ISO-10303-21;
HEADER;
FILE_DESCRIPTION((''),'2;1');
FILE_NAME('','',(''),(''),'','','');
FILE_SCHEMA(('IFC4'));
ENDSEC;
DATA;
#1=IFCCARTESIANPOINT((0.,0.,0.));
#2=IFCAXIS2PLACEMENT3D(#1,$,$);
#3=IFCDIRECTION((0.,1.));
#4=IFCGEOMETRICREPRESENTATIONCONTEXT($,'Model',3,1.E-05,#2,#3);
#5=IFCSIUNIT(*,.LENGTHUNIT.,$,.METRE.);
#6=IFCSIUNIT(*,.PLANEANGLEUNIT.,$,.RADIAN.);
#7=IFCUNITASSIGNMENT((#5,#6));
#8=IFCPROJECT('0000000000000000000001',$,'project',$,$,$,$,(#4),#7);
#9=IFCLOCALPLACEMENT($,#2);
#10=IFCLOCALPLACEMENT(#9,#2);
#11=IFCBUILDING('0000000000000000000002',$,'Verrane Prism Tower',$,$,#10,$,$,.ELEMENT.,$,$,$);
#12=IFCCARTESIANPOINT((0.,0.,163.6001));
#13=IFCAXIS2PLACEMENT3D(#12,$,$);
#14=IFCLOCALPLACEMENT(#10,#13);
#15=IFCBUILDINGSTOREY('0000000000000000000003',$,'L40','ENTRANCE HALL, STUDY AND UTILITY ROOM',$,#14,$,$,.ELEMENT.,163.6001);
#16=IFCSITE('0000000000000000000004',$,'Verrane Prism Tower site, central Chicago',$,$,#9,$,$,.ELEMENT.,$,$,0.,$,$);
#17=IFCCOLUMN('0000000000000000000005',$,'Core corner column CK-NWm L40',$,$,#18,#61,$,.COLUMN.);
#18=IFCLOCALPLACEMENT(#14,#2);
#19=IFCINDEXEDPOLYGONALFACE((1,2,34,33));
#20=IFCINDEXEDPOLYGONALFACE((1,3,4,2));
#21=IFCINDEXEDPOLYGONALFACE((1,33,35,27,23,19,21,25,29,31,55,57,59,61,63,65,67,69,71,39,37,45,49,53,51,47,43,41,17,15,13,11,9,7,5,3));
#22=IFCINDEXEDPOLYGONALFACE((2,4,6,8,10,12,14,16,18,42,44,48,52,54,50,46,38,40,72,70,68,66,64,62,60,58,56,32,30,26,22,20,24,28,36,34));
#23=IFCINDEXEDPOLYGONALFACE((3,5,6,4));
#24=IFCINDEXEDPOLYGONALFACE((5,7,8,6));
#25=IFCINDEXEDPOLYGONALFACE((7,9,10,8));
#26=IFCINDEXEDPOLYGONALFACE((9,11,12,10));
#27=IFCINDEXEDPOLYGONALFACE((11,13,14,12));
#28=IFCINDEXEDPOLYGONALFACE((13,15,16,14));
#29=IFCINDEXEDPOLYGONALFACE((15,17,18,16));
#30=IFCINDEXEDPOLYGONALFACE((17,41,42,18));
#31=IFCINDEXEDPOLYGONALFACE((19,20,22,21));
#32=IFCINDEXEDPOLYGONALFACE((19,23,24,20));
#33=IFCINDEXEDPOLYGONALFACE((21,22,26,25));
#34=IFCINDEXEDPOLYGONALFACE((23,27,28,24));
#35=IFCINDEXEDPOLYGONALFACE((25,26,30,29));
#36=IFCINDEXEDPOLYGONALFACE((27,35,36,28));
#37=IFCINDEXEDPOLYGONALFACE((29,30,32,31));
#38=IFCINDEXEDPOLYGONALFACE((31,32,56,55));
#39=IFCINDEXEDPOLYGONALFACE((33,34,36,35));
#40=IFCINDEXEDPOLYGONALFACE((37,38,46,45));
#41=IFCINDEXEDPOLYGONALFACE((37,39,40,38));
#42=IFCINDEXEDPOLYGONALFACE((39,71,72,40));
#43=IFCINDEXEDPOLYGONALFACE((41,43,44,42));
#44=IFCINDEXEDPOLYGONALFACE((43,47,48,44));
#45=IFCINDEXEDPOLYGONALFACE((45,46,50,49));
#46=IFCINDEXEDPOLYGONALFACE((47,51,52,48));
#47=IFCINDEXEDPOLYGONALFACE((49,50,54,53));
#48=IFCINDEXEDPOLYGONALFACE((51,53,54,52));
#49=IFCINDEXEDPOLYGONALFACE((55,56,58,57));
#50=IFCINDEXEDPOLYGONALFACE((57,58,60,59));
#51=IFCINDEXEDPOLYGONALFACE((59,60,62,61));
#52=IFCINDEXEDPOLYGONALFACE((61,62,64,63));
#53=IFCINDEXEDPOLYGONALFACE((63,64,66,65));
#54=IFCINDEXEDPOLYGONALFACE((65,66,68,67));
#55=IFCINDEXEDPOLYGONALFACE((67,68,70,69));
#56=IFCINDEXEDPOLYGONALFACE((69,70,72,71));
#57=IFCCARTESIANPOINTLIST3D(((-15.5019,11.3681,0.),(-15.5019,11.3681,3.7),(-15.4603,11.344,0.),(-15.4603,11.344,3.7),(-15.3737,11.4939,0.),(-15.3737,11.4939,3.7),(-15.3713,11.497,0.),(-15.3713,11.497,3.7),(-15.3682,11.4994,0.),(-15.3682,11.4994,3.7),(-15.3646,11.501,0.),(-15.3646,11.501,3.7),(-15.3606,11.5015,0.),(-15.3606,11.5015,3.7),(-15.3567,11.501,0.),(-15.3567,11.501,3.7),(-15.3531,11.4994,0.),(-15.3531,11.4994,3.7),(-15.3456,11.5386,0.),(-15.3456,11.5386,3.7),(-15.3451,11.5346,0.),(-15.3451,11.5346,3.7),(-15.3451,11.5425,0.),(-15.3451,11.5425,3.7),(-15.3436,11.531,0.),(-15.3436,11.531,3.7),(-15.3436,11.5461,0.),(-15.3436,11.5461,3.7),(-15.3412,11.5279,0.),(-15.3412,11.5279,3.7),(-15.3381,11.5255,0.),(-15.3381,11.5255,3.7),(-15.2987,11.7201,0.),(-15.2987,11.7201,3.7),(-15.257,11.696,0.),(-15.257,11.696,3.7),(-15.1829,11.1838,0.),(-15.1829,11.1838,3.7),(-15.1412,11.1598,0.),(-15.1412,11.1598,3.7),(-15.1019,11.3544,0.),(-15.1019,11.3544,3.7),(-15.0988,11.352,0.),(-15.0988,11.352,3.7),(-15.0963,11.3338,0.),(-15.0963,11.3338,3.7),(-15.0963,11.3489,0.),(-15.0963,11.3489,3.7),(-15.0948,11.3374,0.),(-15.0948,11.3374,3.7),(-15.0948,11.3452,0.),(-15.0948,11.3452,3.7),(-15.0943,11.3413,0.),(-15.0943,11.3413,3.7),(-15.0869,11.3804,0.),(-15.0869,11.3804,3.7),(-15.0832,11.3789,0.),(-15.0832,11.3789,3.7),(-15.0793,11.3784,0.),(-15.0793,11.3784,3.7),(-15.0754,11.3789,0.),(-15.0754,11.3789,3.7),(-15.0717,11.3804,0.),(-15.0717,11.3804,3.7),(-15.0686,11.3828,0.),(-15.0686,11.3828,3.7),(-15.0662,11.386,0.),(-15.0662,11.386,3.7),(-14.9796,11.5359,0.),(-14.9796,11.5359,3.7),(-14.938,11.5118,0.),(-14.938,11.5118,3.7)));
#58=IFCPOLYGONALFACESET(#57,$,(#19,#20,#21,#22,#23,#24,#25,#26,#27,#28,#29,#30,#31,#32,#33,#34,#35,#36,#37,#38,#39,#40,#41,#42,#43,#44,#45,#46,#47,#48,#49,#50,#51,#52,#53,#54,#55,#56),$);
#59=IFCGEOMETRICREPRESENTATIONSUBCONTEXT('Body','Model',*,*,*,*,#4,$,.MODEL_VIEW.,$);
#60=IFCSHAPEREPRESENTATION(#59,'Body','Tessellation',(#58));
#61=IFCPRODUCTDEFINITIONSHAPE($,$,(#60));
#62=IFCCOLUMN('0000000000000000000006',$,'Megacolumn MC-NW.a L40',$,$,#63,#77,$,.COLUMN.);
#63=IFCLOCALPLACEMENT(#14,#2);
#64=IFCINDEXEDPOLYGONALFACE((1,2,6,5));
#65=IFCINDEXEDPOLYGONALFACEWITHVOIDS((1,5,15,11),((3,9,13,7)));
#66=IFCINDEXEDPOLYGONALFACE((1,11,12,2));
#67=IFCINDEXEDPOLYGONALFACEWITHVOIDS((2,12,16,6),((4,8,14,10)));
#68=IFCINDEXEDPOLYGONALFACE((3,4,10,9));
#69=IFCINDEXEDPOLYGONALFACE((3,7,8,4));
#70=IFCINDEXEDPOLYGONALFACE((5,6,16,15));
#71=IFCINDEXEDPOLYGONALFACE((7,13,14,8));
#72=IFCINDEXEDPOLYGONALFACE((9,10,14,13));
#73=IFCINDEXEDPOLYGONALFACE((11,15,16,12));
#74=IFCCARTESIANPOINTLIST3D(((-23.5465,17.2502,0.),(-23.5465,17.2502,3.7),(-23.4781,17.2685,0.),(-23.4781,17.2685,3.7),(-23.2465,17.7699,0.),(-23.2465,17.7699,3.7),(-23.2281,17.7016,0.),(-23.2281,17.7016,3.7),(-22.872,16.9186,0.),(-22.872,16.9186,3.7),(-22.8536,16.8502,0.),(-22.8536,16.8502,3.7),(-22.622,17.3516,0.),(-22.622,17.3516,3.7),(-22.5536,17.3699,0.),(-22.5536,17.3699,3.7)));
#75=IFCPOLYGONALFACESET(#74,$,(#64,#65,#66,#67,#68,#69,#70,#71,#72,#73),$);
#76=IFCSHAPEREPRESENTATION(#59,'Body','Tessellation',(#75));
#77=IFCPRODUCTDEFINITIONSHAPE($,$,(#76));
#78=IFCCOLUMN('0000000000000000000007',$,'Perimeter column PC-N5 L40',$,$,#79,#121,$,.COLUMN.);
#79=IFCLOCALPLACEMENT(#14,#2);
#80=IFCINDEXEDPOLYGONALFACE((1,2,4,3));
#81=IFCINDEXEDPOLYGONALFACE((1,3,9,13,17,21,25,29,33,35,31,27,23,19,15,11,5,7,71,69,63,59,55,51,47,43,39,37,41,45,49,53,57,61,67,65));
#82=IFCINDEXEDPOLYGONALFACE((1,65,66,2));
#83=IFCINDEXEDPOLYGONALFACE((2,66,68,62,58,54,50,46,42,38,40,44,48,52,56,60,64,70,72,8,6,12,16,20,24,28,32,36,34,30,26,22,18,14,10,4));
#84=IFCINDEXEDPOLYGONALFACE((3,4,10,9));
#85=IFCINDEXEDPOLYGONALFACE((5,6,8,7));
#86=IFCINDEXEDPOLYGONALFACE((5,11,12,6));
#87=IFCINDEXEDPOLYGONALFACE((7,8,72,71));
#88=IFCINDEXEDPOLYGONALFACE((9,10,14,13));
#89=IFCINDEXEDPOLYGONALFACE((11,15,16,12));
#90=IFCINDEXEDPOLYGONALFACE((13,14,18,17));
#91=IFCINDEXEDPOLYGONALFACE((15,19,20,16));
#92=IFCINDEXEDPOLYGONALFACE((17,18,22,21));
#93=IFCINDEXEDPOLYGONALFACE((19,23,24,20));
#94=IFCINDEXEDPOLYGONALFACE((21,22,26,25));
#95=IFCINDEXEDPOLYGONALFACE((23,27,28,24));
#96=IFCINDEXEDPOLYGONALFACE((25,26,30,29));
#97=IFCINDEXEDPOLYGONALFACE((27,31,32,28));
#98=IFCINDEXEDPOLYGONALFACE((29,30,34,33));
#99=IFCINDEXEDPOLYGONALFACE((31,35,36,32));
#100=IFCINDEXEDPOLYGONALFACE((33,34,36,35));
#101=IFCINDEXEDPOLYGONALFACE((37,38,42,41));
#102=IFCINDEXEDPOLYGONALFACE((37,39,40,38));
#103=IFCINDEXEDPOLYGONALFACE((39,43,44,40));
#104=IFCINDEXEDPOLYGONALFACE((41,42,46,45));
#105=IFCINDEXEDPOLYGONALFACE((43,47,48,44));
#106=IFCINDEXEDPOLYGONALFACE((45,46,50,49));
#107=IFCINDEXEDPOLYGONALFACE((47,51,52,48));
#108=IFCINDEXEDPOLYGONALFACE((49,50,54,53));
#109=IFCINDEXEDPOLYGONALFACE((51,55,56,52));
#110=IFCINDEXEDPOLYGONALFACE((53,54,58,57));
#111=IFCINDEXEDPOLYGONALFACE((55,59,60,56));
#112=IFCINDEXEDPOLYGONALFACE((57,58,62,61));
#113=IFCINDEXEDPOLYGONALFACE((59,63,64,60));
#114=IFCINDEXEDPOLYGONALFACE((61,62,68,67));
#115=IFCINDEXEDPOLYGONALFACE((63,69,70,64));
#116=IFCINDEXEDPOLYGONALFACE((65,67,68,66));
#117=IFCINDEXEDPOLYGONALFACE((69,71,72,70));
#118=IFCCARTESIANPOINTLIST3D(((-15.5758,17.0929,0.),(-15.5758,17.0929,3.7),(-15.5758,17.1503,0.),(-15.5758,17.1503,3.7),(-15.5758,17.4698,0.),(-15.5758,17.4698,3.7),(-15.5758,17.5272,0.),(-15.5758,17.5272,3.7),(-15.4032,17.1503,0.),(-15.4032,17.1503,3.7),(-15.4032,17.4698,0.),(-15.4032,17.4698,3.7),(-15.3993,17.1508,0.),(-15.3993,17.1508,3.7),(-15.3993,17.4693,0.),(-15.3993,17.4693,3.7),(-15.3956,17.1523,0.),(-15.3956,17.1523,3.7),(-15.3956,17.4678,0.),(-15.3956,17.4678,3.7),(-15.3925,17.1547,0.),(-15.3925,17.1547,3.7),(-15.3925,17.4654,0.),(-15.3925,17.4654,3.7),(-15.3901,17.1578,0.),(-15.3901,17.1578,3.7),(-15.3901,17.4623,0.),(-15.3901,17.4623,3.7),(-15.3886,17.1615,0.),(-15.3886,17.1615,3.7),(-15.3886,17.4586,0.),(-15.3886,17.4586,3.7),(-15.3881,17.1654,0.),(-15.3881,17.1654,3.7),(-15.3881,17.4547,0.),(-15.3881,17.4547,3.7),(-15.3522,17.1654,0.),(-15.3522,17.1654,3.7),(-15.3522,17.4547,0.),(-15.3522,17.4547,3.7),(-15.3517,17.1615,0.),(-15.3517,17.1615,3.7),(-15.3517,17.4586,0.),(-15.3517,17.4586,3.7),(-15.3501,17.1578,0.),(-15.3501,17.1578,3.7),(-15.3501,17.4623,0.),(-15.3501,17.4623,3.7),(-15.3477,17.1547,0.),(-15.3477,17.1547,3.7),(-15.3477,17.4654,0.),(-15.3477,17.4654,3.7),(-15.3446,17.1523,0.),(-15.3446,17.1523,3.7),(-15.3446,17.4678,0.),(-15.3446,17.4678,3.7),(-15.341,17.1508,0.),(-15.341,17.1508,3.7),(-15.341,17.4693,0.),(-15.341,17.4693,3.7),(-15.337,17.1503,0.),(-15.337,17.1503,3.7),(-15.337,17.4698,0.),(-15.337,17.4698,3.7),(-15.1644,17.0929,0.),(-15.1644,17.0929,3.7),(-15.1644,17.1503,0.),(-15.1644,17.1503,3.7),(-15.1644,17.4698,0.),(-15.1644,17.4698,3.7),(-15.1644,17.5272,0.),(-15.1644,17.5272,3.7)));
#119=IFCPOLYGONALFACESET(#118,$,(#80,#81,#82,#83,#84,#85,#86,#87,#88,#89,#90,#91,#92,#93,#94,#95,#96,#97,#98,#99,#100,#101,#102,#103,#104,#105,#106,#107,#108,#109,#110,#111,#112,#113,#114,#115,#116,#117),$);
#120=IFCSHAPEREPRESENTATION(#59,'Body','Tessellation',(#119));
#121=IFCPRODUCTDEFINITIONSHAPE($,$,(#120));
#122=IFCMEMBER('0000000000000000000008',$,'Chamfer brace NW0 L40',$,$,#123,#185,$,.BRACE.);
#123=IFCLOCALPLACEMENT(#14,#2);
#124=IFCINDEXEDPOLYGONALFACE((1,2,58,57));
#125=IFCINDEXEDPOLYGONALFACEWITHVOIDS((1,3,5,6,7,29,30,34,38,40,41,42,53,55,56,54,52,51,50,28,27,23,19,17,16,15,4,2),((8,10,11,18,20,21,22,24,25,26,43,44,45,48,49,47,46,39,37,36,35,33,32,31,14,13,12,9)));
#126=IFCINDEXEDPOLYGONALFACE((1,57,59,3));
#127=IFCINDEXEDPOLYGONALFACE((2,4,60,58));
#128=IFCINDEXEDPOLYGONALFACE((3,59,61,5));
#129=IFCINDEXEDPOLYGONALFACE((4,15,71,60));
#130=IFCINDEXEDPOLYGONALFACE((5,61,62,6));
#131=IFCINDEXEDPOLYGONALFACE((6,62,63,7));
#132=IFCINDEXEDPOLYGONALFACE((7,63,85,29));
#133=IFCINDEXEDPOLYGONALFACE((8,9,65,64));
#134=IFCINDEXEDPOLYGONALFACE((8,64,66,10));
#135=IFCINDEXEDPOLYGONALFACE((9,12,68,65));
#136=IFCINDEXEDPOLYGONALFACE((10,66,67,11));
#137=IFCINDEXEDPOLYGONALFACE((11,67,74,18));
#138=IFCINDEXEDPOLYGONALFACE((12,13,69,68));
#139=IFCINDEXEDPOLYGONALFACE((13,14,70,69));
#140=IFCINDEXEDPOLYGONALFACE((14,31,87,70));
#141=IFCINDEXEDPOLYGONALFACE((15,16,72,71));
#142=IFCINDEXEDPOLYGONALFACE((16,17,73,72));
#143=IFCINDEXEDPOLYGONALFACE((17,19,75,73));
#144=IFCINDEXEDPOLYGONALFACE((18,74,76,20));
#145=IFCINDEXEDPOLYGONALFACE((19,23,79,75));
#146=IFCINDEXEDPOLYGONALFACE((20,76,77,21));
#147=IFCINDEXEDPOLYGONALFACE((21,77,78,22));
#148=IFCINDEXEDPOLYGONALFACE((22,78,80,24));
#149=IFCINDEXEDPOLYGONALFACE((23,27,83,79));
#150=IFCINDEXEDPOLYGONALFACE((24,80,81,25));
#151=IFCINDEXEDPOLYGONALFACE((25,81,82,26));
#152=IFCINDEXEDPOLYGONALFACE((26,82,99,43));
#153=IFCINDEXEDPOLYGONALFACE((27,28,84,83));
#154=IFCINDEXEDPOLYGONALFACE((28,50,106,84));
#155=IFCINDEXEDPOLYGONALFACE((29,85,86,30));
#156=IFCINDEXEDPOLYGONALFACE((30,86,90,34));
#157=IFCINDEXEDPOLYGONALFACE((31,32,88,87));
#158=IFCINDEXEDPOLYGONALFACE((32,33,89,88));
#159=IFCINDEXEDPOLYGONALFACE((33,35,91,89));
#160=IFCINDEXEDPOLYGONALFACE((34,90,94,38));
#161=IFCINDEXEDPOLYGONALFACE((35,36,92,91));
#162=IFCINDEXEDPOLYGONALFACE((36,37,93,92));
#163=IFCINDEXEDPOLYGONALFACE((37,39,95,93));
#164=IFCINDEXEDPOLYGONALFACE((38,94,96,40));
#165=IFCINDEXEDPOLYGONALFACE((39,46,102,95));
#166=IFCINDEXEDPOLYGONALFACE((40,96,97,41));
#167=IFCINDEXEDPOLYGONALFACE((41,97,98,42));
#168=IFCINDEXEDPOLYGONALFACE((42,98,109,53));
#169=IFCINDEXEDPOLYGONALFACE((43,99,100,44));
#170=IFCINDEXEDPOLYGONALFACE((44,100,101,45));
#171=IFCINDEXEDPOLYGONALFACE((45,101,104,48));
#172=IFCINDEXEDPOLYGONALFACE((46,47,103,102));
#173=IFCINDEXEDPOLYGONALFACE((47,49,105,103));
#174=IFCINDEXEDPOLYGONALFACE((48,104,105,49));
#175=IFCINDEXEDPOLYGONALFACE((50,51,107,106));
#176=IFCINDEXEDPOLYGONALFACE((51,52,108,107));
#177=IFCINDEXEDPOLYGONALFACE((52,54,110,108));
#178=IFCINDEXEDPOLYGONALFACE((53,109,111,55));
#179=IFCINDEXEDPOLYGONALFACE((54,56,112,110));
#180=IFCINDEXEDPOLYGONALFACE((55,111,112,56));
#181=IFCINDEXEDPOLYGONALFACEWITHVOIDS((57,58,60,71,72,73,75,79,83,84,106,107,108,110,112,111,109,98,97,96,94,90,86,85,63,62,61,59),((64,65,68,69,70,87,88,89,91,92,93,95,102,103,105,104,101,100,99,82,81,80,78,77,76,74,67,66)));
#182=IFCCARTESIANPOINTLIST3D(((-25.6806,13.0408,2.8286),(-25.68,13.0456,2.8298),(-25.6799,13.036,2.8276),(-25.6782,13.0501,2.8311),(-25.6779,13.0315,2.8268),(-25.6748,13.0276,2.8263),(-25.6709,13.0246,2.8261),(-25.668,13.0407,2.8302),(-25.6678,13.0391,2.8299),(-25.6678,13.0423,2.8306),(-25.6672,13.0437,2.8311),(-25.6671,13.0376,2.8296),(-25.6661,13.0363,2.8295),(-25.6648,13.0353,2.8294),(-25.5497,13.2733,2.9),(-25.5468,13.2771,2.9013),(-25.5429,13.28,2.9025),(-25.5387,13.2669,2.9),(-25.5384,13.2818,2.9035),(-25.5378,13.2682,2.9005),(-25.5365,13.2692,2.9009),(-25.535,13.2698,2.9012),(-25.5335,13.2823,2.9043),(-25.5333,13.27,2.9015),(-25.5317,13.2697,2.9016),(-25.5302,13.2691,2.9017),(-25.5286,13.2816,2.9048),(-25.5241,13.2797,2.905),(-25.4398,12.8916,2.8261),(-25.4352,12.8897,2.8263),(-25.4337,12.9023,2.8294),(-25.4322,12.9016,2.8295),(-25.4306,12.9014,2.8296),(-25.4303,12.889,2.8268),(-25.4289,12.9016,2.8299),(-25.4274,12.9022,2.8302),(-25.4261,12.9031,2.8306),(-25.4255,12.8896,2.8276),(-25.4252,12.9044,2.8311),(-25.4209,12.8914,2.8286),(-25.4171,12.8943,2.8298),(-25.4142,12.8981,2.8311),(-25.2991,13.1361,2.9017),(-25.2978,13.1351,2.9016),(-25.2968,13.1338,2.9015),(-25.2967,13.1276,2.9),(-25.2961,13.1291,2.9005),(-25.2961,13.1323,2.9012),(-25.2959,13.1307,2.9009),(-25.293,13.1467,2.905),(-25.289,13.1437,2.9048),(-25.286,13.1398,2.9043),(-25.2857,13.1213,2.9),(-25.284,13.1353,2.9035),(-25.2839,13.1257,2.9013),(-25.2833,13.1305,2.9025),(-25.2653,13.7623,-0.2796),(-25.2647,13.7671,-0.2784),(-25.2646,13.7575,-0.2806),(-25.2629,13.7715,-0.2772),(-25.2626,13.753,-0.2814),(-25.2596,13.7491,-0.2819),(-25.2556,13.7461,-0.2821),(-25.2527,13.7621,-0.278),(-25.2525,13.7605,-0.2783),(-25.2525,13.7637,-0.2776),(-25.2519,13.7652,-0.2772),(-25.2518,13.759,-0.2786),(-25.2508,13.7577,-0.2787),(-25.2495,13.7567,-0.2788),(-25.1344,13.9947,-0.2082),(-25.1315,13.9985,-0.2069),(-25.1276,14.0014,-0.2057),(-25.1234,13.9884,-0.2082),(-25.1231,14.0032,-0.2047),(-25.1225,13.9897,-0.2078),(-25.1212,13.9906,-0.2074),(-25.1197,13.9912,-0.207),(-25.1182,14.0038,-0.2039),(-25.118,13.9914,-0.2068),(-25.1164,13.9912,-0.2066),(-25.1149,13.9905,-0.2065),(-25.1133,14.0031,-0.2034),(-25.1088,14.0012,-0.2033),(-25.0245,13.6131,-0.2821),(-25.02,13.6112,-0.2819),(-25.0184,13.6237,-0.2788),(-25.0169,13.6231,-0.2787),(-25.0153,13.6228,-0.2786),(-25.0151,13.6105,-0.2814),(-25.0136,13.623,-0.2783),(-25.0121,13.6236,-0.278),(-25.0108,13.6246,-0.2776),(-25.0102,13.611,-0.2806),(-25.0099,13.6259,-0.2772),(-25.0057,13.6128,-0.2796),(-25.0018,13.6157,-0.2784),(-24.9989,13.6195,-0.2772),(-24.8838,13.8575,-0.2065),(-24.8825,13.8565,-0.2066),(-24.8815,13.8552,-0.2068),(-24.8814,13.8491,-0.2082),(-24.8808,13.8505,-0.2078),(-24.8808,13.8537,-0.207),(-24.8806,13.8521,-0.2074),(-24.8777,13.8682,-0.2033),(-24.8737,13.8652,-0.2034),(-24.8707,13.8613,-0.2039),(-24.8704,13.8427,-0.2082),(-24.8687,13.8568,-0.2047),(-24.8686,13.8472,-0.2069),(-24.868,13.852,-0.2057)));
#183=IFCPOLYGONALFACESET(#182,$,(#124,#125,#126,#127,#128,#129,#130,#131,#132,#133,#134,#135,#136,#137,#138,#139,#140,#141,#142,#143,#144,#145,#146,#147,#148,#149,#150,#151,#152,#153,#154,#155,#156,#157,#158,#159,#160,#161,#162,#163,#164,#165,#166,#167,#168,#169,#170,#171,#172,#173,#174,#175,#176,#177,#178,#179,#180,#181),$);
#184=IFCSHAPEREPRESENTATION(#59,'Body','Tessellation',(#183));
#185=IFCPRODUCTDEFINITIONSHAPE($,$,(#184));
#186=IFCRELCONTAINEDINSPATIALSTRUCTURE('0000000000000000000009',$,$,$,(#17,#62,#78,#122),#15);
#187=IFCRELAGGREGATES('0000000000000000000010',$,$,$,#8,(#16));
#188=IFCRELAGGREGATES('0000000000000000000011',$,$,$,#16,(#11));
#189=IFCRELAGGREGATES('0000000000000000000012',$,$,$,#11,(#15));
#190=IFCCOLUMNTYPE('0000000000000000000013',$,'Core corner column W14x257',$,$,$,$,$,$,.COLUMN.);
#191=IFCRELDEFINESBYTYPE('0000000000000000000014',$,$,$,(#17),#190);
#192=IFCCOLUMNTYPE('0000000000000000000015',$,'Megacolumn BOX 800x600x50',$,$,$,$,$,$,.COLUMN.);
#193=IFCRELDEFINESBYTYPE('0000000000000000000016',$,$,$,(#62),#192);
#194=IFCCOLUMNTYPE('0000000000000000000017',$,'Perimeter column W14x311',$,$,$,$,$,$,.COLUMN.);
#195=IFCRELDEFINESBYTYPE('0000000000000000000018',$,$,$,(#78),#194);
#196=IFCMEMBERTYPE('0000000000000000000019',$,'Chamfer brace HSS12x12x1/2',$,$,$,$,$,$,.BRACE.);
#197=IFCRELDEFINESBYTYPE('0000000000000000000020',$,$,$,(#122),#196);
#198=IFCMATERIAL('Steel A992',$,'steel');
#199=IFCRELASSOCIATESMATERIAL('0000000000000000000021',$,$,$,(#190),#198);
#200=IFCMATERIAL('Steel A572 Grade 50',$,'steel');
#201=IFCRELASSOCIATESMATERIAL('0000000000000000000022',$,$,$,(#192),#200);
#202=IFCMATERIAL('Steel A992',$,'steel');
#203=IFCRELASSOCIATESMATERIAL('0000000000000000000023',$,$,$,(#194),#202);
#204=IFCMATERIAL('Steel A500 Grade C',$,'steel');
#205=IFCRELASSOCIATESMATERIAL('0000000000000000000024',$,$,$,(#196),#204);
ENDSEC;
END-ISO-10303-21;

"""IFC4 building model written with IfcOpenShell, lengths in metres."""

from ifc_helpers import new_model, si_unit, direction, frame, origin, origin_2d, place, context, subcontext, project, spatial, hollow_rectangle, i_section, extrude, material, material_profile, profile_set, type_object, element, save


model = new_model("IFC4")

# Units and contexts
model_context = context("Model", 3, precision=1e-05, world=origin(), true_north=direction((0.0, 1.0)))
body_context = subcontext(model_context, "Body", "Model", "MODEL_VIEW")
ifc_project = project(units=[si_unit("LENGTHUNIT", "METRE"), si_unit("PLANEANGLEUNIT", "RADIAN")], contexts=[model_context])

# Site, building, storey
site_placement = place(None, origin())
site = spatial("IfcSite", under=ifc_project, at=site_placement, Name="Verrane Prism Tower site, central Chicago", CompositionType="ELEMENT", RefElevation=0.0)
building_placement = place(site_placement, origin())
building = spatial("IfcBuilding", under=site, at=building_placement, Name="Verrane Prism Tower", CompositionType="ELEMENT")
storey_placement = place(building_placement, frame((0.0, 0.0, 163.6001)))
storey = spatial("IfcBuildingStorey", under=building, at=storey_placement, Name="L40", Description="ENTRANCE HALL, STUDY AND UTILITY ROOM", CompositionType="ELEMENT", Elevation=163.6001)

# Columns
ifc_material_1 = material(Name="Steel A992", Category="steel")
ifc_material_profile_1 = material_profile(ifc_material_1, i_section(OverallWidth=0.4065, OverallDepth=0.4165, WebThickness=0.03, FlangeThickness=0.0481, FilletRadius=0.0151, at=origin_2d()), Name="W14x257")
ifc_profile_set_1 = profile_set([ifc_material_profile_1], Name="Steel A992")
column_type_1 = type_object("IfcColumnType", Name="Core corner column W14x257", PredefinedType="COLUMN", material=ifc_profile_set_1)
column_1_placement = place(storey_placement, frame((-15.22, 11.4399, 0.0), z_axis=(0.0, 0.0, 1.0), x_axis=(0.5, 0.866025, 0.0)))
element("IfcColumn", 1, at=column_1_placement, inside=storey, type_object=column_type_1, Name="Core corner column CK-NWm L40", PredefinedType="COLUMN", context=body_context, shape_type="SweptSolid", body=[
    extrude(i_section(OverallWidth=0.4065, OverallDepth=0.4165, WebThickness=0.03, FlangeThickness=0.0481, FilletRadius=0.0151, at=origin_2d()), origin(), (0.0, 0.0, 1.0), 3.7),
])
ifc_material_2 = material(Name="Steel A572 Grade 50", Category="steel")
ifc_material_profile_2 = material_profile(ifc_material_2, hollow_rectangle(XDim=0.6001, YDim=0.8, WallThickness=0.05, at=origin_2d()), Name="BOX 800x600x50")
ifc_profile_set_2 = profile_set([ifc_material_profile_2], Name="Steel A572 Grade 50")
column_type_2 = type_object("IfcColumnType", Name="Megacolumn BOX 800x600x50", PredefinedType="COLUMN", material=ifc_profile_set_2)
column_2_placement = place(storey_placement, frame((-23.05, 17.3101, 0.0), z_axis=(0.0, 0.0, 1.0), x_axis=(0.5, 0.866025, 0.0)))
element("IfcColumn", 2, at=column_2_placement, inside=storey, type_object=column_type_2, Name="Megacolumn MC-NW.a L40", PredefinedType="COLUMN", context=body_context, shape_type="SweptSolid", body=[
    extrude(hollow_rectangle(XDim=0.6001, YDim=0.8, WallThickness=0.05, at=origin_2d()), origin(), (0.0, 0.0, 1.0), 3.7),
])
ifc_material_3 = material(Name="Steel A992", Category="steel")
ifc_material_profile_3 = material_profile(ifc_material_3, i_section(OverallWidth=0.4114, OverallDepth=0.4343, WebThickness=0.0359, FlangeThickness=0.0574, FilletRadius=0.0151, at=origin_2d()), Name="W14x311")
ifc_profile_set_3 = profile_set([ifc_material_profile_3], Name="Steel A992")
column_type_3 = type_object("IfcColumnType", Name="Perimeter column W14x311", PredefinedType="COLUMN", material=ifc_profile_set_3)
column_3_placement = place(storey_placement, frame((-15.3701, 17.3101, 0.0), z_axis=(0.0, 0.0, 1.0), x_axis=(1.0, 0.0, 0.0)))
element("IfcColumn", 3, at=column_3_placement, inside=storey, type_object=column_type_3, Name="Perimeter column PC-N5 L40", PredefinedType="COLUMN", context=body_context, shape_type="SweptSolid", body=[
    extrude(i_section(OverallWidth=0.4114, OverallDepth=0.4343, WebThickness=0.0359, FlangeThickness=0.0574, FilletRadius=0.0151, at=origin_2d()), origin(), (0.0, 0.0, 1.0), 3.7),
])

# Member
ifc_material_4 = material(Name="Steel A500 Grade C", Category="steel")
ifc_material_profile_4 = material_profile(ifc_material_4, hollow_rectangle(XDim=0.3047, YDim=0.3047, WallThickness=0.0127, InnerFilletRadius=0.0063, OuterFilletRadius=0.019, at=origin_2d()), Name="HSS12x12x1/2")
ifc_profile_set_4 = profile_set([ifc_material_profile_4], Name="Steel A500 Grade C")
member_type_1 = type_object("IfcMemberType", Name="Chamfer brace HSS12x12x1/2", PredefinedType="BRACE", material=ifc_profile_set_4)
member_1_placement = place(storey_placement, frame((-25.0667, 13.8071, -0.2427), z_axis=(-0.129062, -0.224209, 0.965957), x_axis=(0.866669, -0.498884, 0.0)))
element("IfcMember", 4, at=member_1_placement, inside=storey, type_object=member_type_1, Name="Chamfer brace NW0 L40", PredefinedType="BRACE", context=body_context, shape_type="SweptSolid", body=[
    extrude(hollow_rectangle(XDim=0.3047, YDim=0.3047, WallThickness=0.0127, InnerFilletRadius=0.0063, OuterFilletRadius=0.019, at=origin_2d()), origin(), (0.0, 0.0, 1.0), 3.2178),
])

save(model, "model.ifc")
